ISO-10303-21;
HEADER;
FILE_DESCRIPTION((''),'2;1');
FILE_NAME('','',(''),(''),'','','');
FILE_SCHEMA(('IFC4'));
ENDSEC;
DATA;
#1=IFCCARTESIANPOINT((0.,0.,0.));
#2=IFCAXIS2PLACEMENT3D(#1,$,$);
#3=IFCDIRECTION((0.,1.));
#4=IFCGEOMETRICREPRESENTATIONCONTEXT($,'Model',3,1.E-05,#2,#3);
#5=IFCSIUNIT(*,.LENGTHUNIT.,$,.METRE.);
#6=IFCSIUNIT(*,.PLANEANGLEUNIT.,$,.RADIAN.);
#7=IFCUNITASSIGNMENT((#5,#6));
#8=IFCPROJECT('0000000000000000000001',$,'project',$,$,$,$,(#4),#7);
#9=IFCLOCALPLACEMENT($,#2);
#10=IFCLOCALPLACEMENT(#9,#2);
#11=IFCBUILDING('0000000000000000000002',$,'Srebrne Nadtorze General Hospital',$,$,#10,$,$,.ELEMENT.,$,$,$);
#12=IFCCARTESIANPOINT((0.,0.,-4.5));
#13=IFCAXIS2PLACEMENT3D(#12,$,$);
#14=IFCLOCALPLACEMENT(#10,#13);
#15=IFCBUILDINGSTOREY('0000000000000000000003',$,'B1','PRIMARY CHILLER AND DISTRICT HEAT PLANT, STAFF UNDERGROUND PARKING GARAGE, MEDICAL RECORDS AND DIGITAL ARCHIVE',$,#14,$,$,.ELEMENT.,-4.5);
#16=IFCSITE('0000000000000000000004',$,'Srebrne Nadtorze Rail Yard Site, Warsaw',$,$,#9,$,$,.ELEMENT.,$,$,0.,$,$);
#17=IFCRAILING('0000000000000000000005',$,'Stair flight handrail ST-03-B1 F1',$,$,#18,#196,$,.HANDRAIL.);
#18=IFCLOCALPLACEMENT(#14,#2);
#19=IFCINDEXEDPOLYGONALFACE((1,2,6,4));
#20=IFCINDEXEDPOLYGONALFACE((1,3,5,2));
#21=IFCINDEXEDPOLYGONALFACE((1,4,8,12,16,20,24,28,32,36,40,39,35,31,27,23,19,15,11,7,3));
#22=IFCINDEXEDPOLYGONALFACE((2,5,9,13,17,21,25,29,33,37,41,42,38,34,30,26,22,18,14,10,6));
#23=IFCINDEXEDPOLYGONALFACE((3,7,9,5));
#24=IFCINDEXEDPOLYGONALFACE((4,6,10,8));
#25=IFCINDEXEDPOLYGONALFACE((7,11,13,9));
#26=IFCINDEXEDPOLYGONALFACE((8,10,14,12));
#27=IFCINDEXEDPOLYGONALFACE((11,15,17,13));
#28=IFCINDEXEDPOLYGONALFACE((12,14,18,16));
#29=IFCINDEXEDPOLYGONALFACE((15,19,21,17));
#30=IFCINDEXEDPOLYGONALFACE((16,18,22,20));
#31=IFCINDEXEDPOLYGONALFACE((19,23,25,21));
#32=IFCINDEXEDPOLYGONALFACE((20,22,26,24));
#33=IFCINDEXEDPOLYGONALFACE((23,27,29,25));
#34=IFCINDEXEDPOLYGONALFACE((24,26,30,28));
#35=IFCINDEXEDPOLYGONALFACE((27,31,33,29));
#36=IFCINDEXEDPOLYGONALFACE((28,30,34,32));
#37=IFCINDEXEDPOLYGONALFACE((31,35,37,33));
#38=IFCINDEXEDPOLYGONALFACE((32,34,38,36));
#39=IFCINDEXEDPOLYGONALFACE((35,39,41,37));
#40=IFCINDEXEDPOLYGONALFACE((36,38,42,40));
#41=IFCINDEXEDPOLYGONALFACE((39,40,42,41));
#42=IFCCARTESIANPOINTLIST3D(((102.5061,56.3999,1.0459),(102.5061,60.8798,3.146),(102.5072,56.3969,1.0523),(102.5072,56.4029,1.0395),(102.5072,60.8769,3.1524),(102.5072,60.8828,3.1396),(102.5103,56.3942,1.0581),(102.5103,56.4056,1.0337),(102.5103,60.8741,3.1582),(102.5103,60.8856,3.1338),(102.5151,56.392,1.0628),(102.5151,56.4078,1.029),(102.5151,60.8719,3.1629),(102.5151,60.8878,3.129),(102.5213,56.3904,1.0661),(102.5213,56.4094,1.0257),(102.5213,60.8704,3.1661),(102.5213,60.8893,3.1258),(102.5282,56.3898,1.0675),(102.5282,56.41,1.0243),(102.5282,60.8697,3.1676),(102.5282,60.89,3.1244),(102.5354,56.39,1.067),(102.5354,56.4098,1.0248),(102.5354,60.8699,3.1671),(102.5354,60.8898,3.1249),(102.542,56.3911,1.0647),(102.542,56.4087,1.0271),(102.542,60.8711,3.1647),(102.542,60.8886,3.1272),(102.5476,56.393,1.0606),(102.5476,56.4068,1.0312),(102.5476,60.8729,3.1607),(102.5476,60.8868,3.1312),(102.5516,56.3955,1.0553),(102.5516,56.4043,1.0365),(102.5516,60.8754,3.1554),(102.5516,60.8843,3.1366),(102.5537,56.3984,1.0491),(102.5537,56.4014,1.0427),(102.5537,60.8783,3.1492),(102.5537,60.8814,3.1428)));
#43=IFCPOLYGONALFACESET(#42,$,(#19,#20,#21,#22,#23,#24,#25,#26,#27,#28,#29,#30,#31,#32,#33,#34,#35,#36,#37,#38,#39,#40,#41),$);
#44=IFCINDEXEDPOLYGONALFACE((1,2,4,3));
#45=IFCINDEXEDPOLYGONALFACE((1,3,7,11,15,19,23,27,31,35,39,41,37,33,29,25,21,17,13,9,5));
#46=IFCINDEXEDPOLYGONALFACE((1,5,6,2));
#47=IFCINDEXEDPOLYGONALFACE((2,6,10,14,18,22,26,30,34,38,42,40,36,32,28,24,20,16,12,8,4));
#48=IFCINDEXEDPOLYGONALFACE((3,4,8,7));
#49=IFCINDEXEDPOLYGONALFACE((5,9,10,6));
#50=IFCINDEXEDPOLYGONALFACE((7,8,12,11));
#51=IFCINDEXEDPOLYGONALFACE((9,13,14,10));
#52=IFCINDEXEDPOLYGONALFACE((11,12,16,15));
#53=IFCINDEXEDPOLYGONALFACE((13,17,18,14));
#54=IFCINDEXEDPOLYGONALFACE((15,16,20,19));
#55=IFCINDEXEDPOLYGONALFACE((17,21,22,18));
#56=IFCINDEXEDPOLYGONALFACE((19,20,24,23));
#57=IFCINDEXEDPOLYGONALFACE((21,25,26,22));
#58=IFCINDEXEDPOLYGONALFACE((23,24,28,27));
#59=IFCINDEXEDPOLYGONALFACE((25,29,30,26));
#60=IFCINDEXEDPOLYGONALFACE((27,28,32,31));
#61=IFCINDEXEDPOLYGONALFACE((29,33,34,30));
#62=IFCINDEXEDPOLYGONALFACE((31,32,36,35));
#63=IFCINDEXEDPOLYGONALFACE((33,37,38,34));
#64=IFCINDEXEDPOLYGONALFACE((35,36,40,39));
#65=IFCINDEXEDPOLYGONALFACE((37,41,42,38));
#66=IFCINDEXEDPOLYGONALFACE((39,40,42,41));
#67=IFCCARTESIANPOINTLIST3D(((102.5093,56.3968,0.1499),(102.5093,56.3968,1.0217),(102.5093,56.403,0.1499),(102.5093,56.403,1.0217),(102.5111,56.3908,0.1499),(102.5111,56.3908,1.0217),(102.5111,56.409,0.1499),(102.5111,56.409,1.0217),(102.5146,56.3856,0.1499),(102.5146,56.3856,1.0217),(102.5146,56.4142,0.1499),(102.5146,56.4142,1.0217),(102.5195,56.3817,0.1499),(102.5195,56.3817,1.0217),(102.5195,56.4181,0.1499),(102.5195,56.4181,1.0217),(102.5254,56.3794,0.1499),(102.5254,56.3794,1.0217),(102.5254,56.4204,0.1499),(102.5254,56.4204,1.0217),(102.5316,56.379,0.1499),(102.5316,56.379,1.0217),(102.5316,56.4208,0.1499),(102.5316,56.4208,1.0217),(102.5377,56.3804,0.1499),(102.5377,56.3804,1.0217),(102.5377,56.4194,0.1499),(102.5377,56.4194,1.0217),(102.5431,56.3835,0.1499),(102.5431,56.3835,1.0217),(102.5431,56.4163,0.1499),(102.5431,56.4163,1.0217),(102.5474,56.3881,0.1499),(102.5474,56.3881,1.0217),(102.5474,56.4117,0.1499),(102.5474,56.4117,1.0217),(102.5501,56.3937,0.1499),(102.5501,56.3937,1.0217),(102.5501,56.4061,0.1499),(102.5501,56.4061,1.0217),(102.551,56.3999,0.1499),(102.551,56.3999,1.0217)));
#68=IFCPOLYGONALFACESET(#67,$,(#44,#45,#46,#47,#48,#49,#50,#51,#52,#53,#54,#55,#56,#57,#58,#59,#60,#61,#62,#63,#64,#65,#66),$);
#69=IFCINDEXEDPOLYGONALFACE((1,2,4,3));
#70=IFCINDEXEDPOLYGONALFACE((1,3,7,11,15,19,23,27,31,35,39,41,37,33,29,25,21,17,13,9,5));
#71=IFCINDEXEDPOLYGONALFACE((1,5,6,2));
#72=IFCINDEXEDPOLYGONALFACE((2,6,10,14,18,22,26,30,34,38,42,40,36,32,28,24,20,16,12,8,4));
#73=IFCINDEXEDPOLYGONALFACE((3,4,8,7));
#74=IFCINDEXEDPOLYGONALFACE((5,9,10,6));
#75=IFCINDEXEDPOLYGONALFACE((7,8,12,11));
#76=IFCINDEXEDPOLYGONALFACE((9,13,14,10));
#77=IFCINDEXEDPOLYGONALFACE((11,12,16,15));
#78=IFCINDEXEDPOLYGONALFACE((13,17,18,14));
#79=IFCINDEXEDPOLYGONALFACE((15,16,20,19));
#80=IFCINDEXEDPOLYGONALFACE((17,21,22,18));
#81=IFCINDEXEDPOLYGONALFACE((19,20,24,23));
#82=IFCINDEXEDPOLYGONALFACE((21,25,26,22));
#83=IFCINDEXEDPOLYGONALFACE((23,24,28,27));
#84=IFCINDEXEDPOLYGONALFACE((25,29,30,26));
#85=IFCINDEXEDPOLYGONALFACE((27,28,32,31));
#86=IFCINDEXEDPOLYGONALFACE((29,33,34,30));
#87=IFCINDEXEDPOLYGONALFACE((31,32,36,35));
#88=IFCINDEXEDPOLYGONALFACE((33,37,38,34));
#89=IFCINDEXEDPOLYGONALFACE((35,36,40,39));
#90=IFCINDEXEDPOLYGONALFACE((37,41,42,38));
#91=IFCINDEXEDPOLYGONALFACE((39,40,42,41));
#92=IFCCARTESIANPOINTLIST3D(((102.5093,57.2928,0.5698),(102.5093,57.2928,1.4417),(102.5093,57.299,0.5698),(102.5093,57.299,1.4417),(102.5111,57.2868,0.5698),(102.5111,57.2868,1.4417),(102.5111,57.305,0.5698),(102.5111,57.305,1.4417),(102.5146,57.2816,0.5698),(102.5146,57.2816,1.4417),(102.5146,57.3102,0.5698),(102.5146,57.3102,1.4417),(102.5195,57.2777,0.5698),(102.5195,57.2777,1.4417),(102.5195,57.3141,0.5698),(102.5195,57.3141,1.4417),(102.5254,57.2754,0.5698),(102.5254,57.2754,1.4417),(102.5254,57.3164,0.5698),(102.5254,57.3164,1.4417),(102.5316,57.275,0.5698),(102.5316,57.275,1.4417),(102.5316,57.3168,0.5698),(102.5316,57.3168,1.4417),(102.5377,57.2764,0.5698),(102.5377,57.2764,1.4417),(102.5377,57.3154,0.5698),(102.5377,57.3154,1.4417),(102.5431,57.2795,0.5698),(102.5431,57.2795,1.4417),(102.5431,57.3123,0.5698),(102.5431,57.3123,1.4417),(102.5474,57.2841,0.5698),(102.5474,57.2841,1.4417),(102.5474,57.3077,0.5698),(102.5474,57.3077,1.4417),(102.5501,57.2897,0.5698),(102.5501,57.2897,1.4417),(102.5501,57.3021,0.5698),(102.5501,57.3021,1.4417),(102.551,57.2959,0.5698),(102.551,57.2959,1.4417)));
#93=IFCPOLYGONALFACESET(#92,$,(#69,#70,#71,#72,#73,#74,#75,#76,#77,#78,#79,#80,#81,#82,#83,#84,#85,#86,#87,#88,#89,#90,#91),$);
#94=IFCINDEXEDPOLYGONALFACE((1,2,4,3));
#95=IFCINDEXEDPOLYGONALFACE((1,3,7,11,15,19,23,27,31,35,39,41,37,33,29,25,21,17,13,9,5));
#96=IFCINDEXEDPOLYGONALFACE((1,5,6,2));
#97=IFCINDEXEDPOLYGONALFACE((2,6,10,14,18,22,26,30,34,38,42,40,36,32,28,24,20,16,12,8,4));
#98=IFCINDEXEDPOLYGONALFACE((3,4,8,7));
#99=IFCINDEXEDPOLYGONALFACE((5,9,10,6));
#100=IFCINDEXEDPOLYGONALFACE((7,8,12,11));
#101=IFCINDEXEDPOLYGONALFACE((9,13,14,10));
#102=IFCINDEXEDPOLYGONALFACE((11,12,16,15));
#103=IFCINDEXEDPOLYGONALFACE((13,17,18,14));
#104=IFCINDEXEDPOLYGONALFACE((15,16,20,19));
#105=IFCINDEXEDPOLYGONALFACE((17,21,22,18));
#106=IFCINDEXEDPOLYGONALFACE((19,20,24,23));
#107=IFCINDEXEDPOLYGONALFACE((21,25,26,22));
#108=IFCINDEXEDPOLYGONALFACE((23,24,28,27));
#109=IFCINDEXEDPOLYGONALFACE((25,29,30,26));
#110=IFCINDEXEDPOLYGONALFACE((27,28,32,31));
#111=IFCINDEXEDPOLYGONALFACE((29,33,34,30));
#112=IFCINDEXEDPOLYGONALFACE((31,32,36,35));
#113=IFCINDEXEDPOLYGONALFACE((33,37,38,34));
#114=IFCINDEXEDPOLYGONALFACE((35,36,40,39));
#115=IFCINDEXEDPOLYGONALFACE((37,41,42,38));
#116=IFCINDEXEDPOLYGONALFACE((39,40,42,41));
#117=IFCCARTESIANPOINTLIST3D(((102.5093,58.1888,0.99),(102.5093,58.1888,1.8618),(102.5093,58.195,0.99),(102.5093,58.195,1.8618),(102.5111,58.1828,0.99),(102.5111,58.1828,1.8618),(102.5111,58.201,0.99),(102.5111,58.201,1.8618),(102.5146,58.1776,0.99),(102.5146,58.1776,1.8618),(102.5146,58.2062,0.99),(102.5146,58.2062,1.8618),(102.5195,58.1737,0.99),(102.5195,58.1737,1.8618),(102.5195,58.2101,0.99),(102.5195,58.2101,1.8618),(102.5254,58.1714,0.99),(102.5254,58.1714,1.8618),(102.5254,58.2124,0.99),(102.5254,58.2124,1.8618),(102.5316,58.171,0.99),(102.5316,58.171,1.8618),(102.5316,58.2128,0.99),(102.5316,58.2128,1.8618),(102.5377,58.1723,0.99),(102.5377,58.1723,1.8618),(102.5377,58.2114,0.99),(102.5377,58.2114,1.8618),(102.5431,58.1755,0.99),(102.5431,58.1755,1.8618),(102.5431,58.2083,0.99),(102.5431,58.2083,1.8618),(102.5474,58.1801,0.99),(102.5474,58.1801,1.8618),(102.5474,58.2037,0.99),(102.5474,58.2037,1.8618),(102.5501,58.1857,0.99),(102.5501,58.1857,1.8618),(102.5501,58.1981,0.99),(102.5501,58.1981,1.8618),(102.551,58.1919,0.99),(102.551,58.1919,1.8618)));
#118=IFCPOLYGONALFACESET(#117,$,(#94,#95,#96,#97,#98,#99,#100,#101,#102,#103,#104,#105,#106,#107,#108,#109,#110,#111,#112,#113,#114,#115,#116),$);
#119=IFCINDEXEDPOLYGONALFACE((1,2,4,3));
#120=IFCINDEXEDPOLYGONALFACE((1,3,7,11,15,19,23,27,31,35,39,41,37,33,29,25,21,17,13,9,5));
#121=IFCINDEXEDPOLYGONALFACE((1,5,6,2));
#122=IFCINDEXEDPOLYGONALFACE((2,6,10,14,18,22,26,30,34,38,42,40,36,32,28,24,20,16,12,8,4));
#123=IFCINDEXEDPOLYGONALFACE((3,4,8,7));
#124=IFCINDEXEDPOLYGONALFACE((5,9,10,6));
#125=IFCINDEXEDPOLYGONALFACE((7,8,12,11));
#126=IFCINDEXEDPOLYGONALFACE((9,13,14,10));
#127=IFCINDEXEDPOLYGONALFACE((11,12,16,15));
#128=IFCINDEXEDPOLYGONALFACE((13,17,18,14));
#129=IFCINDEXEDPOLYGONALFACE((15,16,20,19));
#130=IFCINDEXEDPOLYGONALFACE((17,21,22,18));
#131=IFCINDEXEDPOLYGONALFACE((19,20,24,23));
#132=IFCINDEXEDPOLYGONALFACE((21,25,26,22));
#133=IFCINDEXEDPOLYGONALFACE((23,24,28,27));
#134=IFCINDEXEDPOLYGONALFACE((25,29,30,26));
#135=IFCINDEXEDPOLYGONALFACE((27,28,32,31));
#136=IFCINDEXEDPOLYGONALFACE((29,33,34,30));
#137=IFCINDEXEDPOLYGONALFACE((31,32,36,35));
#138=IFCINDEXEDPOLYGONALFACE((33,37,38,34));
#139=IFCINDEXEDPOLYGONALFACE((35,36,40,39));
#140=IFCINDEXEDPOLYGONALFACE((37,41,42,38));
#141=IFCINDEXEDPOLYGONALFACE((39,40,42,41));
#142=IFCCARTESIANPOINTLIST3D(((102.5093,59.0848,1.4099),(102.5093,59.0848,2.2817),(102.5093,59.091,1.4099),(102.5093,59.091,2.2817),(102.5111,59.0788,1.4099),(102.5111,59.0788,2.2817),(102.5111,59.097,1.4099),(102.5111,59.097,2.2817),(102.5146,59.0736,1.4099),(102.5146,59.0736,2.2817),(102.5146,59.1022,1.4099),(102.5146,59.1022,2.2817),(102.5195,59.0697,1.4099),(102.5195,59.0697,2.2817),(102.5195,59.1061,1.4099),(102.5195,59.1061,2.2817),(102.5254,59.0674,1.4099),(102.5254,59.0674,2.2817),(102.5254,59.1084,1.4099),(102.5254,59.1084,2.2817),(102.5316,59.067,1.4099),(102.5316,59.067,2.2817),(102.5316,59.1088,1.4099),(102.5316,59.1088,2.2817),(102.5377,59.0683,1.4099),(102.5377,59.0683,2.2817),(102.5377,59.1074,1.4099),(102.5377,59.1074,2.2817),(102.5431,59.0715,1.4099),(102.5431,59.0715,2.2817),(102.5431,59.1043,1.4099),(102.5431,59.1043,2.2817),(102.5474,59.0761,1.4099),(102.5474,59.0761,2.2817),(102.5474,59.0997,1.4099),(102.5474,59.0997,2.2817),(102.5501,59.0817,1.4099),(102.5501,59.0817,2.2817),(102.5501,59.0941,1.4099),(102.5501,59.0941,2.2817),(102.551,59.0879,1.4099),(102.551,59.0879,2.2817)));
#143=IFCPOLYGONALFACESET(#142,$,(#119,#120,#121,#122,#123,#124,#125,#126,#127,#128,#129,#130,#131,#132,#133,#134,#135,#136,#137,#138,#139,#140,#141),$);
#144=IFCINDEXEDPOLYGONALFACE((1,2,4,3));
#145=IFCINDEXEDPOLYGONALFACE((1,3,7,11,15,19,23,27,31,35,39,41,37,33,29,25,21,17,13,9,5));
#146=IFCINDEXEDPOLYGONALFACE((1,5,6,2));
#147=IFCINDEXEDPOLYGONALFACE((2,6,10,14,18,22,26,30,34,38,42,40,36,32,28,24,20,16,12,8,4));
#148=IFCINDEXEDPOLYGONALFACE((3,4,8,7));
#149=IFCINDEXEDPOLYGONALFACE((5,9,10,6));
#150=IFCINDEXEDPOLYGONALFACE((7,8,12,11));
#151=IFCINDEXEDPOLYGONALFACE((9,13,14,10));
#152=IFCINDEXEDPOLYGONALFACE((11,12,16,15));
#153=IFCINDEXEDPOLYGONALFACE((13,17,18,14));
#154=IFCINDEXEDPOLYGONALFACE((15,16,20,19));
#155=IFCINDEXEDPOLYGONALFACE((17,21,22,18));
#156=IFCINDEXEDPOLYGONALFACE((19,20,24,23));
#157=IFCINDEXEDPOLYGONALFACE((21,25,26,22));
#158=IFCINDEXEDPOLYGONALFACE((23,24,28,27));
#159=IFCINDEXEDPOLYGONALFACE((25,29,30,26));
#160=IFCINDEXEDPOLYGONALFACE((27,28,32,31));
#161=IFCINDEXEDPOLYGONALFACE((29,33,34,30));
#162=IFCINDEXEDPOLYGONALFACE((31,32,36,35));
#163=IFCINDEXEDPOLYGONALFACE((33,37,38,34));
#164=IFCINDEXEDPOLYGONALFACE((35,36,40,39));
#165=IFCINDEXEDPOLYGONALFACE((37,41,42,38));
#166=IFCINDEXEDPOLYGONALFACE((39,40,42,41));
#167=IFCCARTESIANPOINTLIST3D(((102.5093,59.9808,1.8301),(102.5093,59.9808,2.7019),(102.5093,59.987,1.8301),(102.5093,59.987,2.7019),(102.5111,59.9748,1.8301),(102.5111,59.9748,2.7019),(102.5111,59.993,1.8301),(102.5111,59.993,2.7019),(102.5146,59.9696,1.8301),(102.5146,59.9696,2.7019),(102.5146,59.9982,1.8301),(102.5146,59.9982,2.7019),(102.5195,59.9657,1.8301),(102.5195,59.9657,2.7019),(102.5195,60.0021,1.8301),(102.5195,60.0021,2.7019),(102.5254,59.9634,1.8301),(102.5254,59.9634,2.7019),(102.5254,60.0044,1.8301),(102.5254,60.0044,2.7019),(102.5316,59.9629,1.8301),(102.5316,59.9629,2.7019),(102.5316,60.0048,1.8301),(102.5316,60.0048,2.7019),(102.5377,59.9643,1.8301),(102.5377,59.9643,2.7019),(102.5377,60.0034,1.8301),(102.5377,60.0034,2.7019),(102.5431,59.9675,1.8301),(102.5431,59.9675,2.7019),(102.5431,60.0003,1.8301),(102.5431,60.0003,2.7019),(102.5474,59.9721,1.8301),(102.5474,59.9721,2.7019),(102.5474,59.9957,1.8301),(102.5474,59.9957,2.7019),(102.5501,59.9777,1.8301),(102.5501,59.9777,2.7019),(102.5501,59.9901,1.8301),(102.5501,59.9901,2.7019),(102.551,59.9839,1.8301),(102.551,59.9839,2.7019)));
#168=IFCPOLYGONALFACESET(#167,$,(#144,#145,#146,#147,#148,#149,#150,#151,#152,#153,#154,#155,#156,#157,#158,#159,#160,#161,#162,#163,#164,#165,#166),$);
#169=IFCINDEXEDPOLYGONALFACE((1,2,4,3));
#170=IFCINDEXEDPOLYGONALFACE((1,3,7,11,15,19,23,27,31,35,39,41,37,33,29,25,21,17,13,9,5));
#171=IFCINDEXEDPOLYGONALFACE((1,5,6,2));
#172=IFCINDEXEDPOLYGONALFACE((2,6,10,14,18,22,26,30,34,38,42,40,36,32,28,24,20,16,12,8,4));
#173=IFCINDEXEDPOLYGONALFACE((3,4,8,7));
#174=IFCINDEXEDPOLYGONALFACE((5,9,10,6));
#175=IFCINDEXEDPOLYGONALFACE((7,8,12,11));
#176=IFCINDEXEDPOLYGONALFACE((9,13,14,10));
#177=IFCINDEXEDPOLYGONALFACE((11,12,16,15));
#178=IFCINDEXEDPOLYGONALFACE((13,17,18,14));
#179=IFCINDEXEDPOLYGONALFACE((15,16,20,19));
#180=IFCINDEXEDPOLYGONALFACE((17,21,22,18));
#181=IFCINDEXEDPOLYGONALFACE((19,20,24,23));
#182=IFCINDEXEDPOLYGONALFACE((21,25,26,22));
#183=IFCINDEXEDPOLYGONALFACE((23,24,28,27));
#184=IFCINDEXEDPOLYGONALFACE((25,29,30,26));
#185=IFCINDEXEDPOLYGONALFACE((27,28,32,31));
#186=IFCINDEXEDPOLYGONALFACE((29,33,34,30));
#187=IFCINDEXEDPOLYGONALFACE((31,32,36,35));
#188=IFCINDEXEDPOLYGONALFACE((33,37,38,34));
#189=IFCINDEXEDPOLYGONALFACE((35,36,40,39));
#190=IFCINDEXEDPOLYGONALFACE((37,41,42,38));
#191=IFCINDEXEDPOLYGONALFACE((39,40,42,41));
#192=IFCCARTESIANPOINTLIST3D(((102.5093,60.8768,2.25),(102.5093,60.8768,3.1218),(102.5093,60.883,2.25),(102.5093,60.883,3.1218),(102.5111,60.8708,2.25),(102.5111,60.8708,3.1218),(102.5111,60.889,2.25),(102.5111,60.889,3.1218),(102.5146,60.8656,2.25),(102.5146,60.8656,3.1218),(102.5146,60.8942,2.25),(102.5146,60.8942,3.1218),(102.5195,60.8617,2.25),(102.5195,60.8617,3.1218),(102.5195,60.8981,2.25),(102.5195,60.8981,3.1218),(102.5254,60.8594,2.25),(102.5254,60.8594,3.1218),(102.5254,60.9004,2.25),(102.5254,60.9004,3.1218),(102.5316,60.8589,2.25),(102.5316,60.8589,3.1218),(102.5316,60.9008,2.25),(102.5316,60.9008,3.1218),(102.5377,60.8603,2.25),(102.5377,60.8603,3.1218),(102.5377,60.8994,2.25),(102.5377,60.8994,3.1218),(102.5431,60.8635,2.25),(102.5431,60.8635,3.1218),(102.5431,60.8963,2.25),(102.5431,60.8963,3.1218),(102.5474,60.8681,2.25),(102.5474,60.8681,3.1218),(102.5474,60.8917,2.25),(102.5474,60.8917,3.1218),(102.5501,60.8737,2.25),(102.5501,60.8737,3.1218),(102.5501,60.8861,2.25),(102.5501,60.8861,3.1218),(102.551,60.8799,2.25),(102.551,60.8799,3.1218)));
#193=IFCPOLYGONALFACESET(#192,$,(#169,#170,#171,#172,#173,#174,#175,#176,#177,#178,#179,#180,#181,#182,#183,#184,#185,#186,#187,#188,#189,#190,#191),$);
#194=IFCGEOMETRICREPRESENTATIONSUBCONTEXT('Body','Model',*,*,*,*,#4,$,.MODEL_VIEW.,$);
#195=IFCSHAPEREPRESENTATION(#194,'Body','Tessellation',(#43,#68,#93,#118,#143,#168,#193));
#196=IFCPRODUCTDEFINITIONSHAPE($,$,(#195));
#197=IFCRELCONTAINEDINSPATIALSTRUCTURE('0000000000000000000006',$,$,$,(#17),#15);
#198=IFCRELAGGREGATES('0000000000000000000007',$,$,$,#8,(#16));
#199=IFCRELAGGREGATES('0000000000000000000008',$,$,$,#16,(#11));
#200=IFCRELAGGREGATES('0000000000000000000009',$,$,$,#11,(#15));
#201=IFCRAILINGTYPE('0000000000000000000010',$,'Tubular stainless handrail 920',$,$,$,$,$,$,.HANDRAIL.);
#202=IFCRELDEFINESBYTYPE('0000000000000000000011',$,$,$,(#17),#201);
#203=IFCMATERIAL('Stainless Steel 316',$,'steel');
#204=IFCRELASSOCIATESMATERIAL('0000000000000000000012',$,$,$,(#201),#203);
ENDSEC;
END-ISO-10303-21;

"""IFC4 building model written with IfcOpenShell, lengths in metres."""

from ifc_helpers import new_model, si_unit, direction, frame, origin, origin_2d, place, context, subcontext, project, spatial, circle, extrude, material, type_object, element, save


model = new_model("IFC4")

# Units and contexts
model_context = context("Model", 3, precision=1e-05, world=origin(), true_north=direction((0.0, 1.0)))
body_context = subcontext(model_context, "Body", "Model", "MODEL_VIEW")
ifc_project = project(units=[si_unit("LENGTHUNIT", "METRE"), si_unit("PLANEANGLEUNIT", "RADIAN")], contexts=[model_context])

# Site, building, storey
site_placement = place(None, origin())
site = spatial("IfcSite", under=ifc_project, at=site_placement, Name="Srebrne Nadtorze Rail Yard Site, Warsaw", CompositionType="ELEMENT", RefElevation=0.0)
building_placement = place(site_placement, origin())
building = spatial("IfcBuilding", under=site, at=building_placement, Name="Srebrne Nadtorze General Hospital", CompositionType="ELEMENT")
storey_placement = place(building_placement, frame((0.0, 0.0, -4.5)))
storey = spatial("IfcBuildingStorey", under=building, at=storey_placement, Name="B1", Description="PRIMARY CHILLER AND DISTRICT HEAT PLANT, STAFF UNDERGROUND PARKING GARAGE, MEDICAL RECORDS AND DIGITAL ARCHIVE", CompositionType="ELEMENT", Elevation=-4.5)

# Railing
ifc_material_1 = material(Name="Stainless Steel 316", Category="steel")
railing_type_1 = type_object("IfcRailingType", Name="Tubular stainless handrail 920", PredefinedType="HANDRAIL", material=ifc_material_1)
railing_1_placement = place(storey_placement, frame((102.53, 56.3999, 0.1499)))
element("IfcRailing", 1, at=railing_1_placement, inside=storey, type_object=railing_type_1, Name="Stair flight handrail ST-03-B1 F1", PredefinedType="HANDRAIL", context=body_context, shape_type="SweptSolid", body=[
    extrude(circle(Radius=0.0239, at=origin_2d()), frame((0.0, 0.0, 0.896), z_axis=(0.0, 0.905451, 0.424452), x_axis=(-1.0, 0.0, 0.0)), (0.0, 0.0, 1.0), 4.9478),
    extrude(circle(Radius=0.021, at=origin_2d()), origin(), (0.0, 0.0, 1.0), 0.8718),
    extrude(circle(Radius=0.021, at=origin_2d()), frame((0.0, 0.896, 0.4199)), (0.0, 0.0, 1.0), 0.8718),
    extrude(circle(Radius=0.021, at=origin_2d()), frame((0.0, 1.792, 0.8401)), (0.0, 0.0, 1.0), 0.8718),
    extrude(circle(Radius=0.021, at=origin_2d()), frame((0.0, 2.688, 1.26)), (0.0, 0.0, 1.0), 0.8718),
    extrude(circle(Radius=0.021, at=origin_2d()), frame((0.0, 3.584, 1.6802)), (0.0, 0.0, 1.0), 0.8718),
    extrude(circle(Radius=0.021, at=origin_2d()), frame((0.0, 4.48, 2.1001)), (0.0, 0.0, 1.0), 0.8718),
])

save(model, "model.ifc")
